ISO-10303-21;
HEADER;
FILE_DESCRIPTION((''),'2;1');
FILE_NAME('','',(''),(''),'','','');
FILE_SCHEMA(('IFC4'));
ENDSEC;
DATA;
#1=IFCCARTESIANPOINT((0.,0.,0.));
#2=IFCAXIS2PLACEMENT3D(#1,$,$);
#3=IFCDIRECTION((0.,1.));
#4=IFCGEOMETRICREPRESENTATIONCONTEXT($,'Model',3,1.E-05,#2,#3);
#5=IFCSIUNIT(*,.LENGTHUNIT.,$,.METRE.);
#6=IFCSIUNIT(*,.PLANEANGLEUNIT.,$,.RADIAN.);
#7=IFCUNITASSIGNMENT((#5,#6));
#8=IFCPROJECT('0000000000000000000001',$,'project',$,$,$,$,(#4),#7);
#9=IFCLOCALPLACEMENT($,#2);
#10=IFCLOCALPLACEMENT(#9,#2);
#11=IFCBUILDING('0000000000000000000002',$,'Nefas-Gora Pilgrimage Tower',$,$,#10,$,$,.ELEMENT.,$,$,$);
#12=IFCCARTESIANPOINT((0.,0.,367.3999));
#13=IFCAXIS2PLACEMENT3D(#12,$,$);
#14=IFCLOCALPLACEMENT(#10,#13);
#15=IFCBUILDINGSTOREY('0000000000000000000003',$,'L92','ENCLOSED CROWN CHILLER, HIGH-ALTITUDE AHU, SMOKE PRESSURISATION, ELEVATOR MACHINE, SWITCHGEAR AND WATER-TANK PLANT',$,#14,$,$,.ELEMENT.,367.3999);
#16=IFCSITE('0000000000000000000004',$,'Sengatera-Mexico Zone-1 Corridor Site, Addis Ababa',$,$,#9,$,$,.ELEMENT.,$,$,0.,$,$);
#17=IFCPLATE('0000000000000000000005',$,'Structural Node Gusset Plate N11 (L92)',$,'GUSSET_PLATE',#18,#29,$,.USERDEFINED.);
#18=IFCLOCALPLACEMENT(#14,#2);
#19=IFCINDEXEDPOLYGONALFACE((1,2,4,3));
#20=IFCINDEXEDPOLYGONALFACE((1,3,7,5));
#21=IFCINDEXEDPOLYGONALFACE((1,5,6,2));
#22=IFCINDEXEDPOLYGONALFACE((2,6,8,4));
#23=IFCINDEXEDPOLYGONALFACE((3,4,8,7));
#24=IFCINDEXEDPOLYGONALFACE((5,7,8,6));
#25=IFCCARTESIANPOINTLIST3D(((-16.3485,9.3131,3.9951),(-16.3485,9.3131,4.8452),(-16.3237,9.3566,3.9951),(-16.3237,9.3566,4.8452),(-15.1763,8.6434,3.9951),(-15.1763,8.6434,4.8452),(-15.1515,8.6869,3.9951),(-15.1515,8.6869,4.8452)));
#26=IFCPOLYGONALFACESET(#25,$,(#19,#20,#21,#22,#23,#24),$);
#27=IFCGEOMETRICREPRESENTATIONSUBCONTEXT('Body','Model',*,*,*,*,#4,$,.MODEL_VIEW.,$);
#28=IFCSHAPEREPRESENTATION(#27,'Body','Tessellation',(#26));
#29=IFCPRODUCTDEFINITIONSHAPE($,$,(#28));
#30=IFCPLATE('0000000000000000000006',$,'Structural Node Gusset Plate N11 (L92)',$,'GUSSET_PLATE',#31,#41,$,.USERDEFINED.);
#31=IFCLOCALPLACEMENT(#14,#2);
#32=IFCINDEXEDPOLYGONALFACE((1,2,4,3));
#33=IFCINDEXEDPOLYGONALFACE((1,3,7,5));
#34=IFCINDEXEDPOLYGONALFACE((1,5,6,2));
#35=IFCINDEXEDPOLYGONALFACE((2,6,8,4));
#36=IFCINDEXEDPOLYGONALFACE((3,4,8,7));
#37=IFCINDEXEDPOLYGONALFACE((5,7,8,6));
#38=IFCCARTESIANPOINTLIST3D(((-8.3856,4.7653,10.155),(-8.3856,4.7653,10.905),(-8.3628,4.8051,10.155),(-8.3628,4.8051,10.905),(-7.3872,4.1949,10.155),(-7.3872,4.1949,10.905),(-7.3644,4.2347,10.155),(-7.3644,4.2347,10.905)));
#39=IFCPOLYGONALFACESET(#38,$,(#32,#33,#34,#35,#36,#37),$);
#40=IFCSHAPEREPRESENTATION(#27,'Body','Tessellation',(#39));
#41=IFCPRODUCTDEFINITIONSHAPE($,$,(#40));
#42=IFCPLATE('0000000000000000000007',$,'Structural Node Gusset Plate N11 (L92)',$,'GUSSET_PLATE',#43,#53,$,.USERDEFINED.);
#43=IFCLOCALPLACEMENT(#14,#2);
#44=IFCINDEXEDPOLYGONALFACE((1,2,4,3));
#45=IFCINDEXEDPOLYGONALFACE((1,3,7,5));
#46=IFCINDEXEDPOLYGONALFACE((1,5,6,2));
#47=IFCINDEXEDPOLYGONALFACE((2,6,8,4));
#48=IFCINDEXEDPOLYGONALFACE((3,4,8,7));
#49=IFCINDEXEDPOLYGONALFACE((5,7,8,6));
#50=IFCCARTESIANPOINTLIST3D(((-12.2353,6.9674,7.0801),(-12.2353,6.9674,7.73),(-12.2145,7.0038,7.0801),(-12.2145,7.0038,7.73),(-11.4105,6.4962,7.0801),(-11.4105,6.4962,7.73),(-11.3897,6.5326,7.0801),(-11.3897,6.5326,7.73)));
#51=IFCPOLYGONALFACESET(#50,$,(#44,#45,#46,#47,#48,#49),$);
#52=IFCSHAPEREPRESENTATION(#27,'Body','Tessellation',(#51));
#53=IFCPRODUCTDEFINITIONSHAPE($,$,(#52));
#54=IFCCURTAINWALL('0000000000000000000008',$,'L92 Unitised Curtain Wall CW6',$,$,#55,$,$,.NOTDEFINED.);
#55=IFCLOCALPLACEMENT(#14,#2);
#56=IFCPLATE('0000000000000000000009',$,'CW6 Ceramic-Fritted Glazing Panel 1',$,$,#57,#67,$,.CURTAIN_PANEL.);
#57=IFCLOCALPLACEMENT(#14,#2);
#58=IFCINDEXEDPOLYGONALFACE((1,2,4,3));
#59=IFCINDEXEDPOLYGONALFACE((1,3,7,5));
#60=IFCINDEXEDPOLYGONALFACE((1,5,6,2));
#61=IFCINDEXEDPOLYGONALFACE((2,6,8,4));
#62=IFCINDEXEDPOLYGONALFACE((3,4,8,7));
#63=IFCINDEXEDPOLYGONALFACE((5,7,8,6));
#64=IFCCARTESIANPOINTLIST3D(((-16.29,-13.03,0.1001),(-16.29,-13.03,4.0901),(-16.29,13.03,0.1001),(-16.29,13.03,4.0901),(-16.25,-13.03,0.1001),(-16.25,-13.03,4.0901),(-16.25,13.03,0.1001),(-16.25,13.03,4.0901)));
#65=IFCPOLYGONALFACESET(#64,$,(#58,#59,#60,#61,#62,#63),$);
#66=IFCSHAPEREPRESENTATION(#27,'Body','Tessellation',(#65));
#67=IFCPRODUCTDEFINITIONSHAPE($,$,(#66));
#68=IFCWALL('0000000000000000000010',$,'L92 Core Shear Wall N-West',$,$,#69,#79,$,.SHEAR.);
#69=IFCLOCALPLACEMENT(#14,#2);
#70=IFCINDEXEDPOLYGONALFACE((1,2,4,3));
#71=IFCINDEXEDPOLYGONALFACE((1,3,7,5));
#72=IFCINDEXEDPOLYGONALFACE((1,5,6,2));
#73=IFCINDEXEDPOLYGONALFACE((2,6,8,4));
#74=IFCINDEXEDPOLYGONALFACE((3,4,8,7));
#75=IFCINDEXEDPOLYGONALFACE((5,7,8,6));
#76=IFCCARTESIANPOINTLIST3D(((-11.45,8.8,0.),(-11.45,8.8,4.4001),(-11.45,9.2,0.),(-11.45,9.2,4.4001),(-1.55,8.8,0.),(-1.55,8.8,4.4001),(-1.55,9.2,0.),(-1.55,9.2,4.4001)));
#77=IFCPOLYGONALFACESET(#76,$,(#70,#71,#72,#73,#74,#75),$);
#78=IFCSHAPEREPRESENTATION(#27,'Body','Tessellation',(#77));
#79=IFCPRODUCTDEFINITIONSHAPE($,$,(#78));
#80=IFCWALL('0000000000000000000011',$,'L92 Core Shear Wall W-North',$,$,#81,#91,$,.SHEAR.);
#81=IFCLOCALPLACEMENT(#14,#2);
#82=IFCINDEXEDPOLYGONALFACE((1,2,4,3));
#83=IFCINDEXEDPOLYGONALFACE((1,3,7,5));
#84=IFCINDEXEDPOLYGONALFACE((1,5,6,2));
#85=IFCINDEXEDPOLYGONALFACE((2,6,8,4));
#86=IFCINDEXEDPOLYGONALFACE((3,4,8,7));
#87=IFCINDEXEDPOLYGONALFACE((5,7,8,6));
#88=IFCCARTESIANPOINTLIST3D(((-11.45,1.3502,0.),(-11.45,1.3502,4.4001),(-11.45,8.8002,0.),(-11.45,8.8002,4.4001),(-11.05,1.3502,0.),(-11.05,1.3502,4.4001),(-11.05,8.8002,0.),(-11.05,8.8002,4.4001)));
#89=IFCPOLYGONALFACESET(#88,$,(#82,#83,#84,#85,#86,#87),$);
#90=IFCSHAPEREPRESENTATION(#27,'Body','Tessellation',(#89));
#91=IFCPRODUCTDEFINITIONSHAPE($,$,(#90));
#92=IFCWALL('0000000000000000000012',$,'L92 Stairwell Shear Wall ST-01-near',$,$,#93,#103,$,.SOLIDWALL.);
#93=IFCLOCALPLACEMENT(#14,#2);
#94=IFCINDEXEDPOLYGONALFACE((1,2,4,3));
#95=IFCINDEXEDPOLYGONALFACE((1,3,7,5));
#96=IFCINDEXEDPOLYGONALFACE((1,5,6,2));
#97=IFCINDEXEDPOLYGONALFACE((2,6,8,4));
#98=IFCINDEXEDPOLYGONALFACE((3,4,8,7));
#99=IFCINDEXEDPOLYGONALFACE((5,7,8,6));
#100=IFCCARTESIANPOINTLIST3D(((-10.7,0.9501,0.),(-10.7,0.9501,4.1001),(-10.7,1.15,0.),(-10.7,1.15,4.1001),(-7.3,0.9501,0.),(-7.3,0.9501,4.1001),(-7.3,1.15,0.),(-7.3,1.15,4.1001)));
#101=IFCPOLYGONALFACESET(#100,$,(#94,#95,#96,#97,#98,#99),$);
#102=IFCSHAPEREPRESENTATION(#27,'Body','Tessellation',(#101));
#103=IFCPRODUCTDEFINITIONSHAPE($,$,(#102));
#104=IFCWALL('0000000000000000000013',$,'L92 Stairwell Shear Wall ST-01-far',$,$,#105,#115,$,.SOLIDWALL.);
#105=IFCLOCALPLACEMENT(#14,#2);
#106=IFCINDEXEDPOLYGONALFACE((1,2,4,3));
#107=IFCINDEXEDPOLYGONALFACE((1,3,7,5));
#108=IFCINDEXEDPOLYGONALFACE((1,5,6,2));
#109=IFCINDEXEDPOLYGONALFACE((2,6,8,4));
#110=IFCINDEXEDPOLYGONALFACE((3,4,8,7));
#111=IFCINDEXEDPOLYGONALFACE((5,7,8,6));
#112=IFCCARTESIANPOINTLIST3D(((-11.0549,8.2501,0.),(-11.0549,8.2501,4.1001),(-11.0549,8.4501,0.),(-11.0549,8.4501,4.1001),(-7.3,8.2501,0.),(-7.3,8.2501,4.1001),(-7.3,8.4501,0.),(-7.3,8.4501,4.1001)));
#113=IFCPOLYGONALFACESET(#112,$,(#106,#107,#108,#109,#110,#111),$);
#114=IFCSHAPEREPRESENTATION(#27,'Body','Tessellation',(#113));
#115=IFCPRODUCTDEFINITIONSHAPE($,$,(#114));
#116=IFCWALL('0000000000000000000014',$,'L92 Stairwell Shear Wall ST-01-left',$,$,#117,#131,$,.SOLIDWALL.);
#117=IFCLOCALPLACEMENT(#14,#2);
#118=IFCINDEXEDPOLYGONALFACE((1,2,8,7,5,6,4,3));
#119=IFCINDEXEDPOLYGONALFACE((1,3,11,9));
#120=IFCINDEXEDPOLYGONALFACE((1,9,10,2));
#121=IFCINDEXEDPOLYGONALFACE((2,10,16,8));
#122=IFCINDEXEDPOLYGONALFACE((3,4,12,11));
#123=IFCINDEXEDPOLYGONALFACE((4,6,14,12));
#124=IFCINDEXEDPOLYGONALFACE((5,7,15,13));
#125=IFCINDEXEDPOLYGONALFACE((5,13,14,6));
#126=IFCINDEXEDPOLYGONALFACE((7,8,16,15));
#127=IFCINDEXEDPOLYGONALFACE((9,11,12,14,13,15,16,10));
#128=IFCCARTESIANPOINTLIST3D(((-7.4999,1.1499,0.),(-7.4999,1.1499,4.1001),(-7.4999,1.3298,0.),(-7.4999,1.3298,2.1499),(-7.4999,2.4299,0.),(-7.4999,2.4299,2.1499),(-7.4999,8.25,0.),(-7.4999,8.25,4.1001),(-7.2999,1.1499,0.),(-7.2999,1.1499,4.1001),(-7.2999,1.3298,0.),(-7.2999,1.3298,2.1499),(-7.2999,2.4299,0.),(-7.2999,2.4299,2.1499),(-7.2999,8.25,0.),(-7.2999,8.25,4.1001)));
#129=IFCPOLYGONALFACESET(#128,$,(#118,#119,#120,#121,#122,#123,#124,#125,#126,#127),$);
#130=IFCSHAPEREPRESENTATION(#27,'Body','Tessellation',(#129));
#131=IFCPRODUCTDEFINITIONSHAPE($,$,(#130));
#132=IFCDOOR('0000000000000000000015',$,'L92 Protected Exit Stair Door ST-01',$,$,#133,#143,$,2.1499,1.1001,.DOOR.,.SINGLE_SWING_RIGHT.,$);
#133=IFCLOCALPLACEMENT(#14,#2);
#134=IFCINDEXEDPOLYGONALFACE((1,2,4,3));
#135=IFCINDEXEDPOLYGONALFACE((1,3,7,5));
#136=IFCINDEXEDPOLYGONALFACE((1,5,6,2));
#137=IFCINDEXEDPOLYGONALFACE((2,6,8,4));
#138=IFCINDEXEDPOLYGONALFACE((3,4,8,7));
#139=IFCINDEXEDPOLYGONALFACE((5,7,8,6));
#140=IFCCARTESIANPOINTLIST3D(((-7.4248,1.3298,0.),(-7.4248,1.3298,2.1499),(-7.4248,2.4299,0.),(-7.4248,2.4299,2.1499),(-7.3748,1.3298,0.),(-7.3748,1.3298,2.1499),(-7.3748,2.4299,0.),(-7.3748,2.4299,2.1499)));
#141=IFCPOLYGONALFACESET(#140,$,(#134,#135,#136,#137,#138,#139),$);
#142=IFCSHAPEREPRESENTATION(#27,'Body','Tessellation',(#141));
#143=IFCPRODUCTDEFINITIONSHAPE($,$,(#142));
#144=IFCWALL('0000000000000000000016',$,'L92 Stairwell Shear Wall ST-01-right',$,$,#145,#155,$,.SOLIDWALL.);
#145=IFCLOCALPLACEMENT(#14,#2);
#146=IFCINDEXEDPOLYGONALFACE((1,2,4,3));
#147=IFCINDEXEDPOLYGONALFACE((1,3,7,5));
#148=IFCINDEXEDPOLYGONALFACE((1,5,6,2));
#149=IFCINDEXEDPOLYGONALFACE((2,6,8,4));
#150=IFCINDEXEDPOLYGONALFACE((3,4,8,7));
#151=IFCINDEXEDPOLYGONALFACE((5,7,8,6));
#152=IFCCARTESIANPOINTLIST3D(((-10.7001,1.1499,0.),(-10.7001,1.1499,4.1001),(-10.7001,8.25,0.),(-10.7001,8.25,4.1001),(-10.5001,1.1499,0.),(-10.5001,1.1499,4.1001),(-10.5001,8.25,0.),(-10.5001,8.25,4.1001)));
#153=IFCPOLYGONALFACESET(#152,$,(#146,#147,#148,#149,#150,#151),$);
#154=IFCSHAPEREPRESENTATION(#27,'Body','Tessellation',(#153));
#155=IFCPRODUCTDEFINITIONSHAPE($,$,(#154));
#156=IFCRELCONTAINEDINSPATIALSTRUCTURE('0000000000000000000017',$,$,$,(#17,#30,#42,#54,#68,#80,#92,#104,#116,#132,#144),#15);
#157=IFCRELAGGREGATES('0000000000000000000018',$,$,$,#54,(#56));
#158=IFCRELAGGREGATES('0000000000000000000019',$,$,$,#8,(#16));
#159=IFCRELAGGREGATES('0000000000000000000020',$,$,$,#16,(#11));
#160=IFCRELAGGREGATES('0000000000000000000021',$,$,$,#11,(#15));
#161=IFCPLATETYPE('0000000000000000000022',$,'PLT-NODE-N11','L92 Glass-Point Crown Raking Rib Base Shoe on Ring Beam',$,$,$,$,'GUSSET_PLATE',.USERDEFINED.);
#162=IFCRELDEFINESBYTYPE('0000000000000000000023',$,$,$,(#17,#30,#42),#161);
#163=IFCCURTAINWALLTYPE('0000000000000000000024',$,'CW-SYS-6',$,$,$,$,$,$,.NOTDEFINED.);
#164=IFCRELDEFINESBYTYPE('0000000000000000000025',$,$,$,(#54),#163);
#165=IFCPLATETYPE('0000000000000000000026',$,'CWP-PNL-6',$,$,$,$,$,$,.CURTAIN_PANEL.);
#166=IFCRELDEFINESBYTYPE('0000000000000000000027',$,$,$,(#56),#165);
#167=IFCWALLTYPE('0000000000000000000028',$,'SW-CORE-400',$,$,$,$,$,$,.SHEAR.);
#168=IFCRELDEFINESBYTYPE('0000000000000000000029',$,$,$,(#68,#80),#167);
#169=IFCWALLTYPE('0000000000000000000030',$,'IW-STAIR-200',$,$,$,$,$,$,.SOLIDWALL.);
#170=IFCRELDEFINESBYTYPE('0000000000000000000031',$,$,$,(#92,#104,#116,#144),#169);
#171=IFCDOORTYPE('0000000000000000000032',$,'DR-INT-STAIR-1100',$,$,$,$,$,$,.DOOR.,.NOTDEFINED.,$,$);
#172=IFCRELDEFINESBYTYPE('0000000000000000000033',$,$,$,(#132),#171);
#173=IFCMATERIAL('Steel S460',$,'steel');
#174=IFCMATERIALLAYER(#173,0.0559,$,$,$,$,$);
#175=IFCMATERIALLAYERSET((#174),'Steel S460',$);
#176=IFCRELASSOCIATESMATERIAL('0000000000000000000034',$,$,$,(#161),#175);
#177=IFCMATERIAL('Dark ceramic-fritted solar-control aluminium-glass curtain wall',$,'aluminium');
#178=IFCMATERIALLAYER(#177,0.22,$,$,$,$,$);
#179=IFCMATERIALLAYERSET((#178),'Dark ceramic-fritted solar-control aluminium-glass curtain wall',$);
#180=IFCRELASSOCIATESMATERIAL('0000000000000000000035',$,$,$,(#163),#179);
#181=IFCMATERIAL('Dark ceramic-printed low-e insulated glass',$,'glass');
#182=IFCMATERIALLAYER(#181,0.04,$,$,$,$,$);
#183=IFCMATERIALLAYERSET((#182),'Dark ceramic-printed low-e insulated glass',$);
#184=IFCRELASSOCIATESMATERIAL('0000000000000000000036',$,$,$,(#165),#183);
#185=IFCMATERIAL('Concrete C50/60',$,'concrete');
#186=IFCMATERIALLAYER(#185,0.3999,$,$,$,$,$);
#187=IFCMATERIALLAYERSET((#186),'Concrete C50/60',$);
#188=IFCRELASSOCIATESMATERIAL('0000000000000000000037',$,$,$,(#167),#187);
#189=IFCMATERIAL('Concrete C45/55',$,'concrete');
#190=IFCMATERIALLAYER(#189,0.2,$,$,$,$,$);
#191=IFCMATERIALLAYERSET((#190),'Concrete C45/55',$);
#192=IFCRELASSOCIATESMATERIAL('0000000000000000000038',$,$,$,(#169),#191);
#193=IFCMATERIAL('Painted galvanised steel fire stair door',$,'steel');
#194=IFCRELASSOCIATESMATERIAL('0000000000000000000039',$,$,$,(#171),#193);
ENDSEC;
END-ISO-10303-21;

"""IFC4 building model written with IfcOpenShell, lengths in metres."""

from ifc_helpers import new_model, si_unit, direction, frame, frame_2d, origin, origin_2d, place, context, subcontext, project, spatial, rectangle, extrude, source, transform, mapped, material, layer, layer_set, type_object, element, fill, aggregate, save


model = new_model("IFC4")

# Units and contexts
model_context = context("Model", 3, precision=1e-05, world=origin(), true_north=direction((0.0, 1.0)))
body_context = subcontext(model_context, "Body", "Model", "MODEL_VIEW")
ifc_project = project(units=[si_unit("LENGTHUNIT", "METRE"), si_unit("PLANEANGLEUNIT", "RADIAN")], contexts=[model_context])

# Site, building, storey
site_placement = place(None, origin())
site = spatial("IfcSite", under=ifc_project, at=site_placement, Name="Sengatera-Mexico Zone-1 Corridor Site, Addis Ababa", CompositionType="ELEMENT", RefElevation=0.0)
building_placement = place(site_placement, origin())
building = spatial("IfcBuilding", under=site, at=building_placement, Name="Nefas-Gora Pilgrimage Tower", CompositionType="ELEMENT")
storey_placement = place(building_placement, frame((0.0, 0.0, 367.3999)))
storey = spatial("IfcBuildingStorey", under=building, at=storey_placement, Name="L92", Description="ENCLOSED CROWN CHILLER, HIGH-ALTITUDE AHU, SMOKE PRESSURISATION, ELEVATOR MACHINE, SWITCHGEAR AND WATER-TANK PLANT", CompositionType="ELEMENT", Elevation=367.3999)

# Shared definitions
ifc_material_1 = material(Name="Concrete C50/60", Category="concrete")

# Shared definitions
ifc_material_2 = material(Name="Steel S460", Category="steel")

# Plates
ifc_layer_1 = layer(ifc_material_2, 0.0559)
ifc_layer_set_1 = layer_set([ifc_layer_1], Name="Steel S460")
plate_type_1 = type_object("IfcPlateType", Name="PLT-NODE-N11", Description="L92 Glass-Point Crown Raking Rib Base Shoe on Ring Beam", ElementType="GUSSET_PLATE", PredefinedType="USERDEFINED", material=ifc_layer_set_1)
shared_shape_1 = source(origin(), body_context, "Body", "SweptSolid", [
    extrude(rectangle(XDim=1.3501, YDim=0.05, at=origin_2d()), origin(), (0.0, 0.0, 1.0), 0.8501),
])
plate_1_placement = place(storey_placement, frame((-15.75, 9.0, 3.9951), z_axis=(0.0, 0.0, 1.0), x_axis=(-0.868285, 0.496065, 0.0)))
element("IfcPlate", 1, at=plate_1_placement, inside=storey, type_object=plate_type_1, Name="Structural Node Gusset Plate N11 (L92)", ObjectType="GUSSET_PLATE", PredefinedType="USERDEFINED", context=body_context, shape_type="MappedRepresentation", body=[
    mapped(shared_shape_1, transform((0.0, 0.0, 0.0), x_axis=(1.0, 0.0, 0.0), y_axis=(0.0, 1.0, 0.0), z_axis=(0.0, 0.0, 1.0), scale=1.0)),
])
shared_shape_2 = source(origin(), body_context, "Body", "SweptSolid", [
    extrude(rectangle(XDim=1.1499, YDim=0.0459, at=origin_2d()), origin(), (0.0, 0.0, 1.0), 0.75),
])
plate_2_placement = place(storey_placement, frame((-7.875, 4.5, 10.155), z_axis=(0.0, 0.0, 1.0), x_axis=(-0.868285, 0.496065, 0.0)))
element("IfcPlate", 2, at=plate_2_placement, inside=storey, type_object=plate_type_1, Name="Structural Node Gusset Plate N11 (L92)", ObjectType="GUSSET_PLATE", PredefinedType="USERDEFINED", context=body_context, shape_type="MappedRepresentation", body=[
    mapped(shared_shape_2, transform((0.0, 0.0, 0.0), x_axis=(1.0, 0.0, 0.0), y_axis=(0.0, 1.0, 0.0), z_axis=(0.0, 0.0, 1.0), scale=1.0)),
])
shared_shape_3 = source(origin(), body_context, "Body", "SweptSolid", [
    extrude(rectangle(XDim=0.95, YDim=0.042, at=origin_2d()), origin(), (0.0, 0.0, 1.0), 0.6499),
])
plate_3_placement = place(storey_placement, frame((-11.8125, 6.75, 7.0801), z_axis=(0.0, 0.0, 1.0), x_axis=(-0.868285, 0.496065, 0.0)))
element("IfcPlate", 3, at=plate_3_placement, inside=storey, type_object=plate_type_1, Name="Structural Node Gusset Plate N11 (L92)", ObjectType="GUSSET_PLATE", PredefinedType="USERDEFINED", context=body_context, shape_type="MappedRepresentation", body=[
    mapped(shared_shape_3, transform((0.0, 0.0, 0.0), x_axis=(1.0, 0.0, 0.0), y_axis=(0.0, 1.0, 0.0), z_axis=(0.0, 0.0, 1.0), scale=1.0)),
])

# Curtain wall, plate
ifc_material_3 = material(Name="Dark ceramic-fritted solar-control aluminium-glass curtain wall", Category="aluminium")
ifc_layer_2 = layer(ifc_material_3, 0.22)
ifc_layer_set_2 = layer_set([ifc_layer_2], Name="Dark ceramic-fritted solar-control aluminium-glass curtain wall")
curtain_wall_type = type_object("IfcCurtainWallType", Name="CW-SYS-6", PredefinedType="NOTDEFINED", material=ifc_layer_set_2)
curtain_wall_placement = place(storey_placement, origin())
curtain_wall = element("IfcCurtainWall", 4, at=curtain_wall_placement, inside=storey, type_object=curtain_wall_type, Name="L92 Unitised Curtain Wall CW6", PredefinedType="NOTDEFINED")
ifc_material_4 = material(Name="Dark ceramic-printed low-e insulated glass", Category="glass")
ifc_layer_3 = layer(ifc_material_4, 0.04)
ifc_layer_set_3 = layer_set([ifc_layer_3], Name="Dark ceramic-printed low-e insulated glass")
plate_type_2 = type_object("IfcPlateType", Name="CWP-PNL-6", PredefinedType="CURTAIN_PANEL", material=ifc_layer_set_3)
shared_shape_4 = source(origin(), body_context, "Body", "SweptSolid", [
    extrude(rectangle(XDim=26.0601, YDim=0.04, at=origin_2d()), origin(), (0.0, 0.0, 1.0), 3.99),
])
plate_4_placement = place(storey_placement, frame((-16.27, 0.0, 0.1001), z_axis=(0.0, 0.0, 1.0), x_axis=(0.0, -1.0, 0.0)))
plate_4 = element("IfcPlate", 5, at=plate_4_placement, type_object=plate_type_2, Name="CW6 Ceramic-Fritted Glazing Panel 1", PredefinedType="CURTAIN_PANEL", context=body_context, shape_type="MappedRepresentation", body=[
    mapped(shared_shape_4, transform((0.0, 0.0, 0.0), x_axis=(1.0, 0.0, 0.0), y_axis=(0.0, 1.0, 0.0), z_axis=(0.0, 0.0, 1.0), scale=1.0)),
])
aggregate(curtain_wall, [plate_4])

# Walls
ifc_layer_4 = layer(ifc_material_1, 0.3999)
ifc_layer_set_4 = layer_set([ifc_layer_4], Name="Concrete C50/60")
wall_type_1 = type_object("IfcWallType", Name="SW-CORE-400", PredefinedType="SHEAR", material=ifc_layer_set_4)
shared_shape_5 = source(origin(), body_context, "Body", "SweptSolid", [
    extrude(rectangle(XDim=9.8999, YDim=0.3999, at=frame_2d((4.95, 0.0))), origin(), (0.0, 0.0, 1.0), 4.4001),
])
wall_1_placement = place(storey_placement, frame((-11.45, 9.0, 0.0), z_axis=(0.0, 0.0, 1.0), x_axis=(1.0, 0.0, 0.0)))
element("IfcWall", 6, at=wall_1_placement, inside=storey, type_object=wall_type_1, Name="L92 Core Shear Wall N-West", PredefinedType="SHEAR", context=body_context, shape_type="MappedRepresentation", body=[
    mapped(shared_shape_5, transform((0.0, 0.0, 0.0), x_axis=(1.0, 0.0, 0.0), y_axis=(0.0, 1.0, 0.0), z_axis=(0.0, 0.0, 1.0), scale=1.0)),
])
shared_shape_6 = source(origin(), body_context, "Body", "SweptSolid", [
    extrude(rectangle(XDim=7.45, YDim=0.3999, at=frame_2d((3.7251, 0.0))), origin(), (0.0, 0.0, 1.0), 4.4001),
])
wall_2_placement = place(storey_placement, frame((-11.25, 1.3501, 0.0), z_axis=(0.0, 0.0, 1.0), x_axis=(0.0, 1.0, 0.0)))
element("IfcWall", 7, at=wall_2_placement, inside=storey, type_object=wall_type_1, Name="L92 Core Shear Wall W-North", PredefinedType="SHEAR", context=body_context, shape_type="MappedRepresentation", body=[
    mapped(shared_shape_6, transform((0.0, 0.0, 0.0), x_axis=(1.0, 0.0, 0.0), y_axis=(0.0, 1.0, 0.0), z_axis=(0.0, 0.0, 1.0), scale=1.0)),
])
ifc_material_5 = material(Name="Concrete C45/55", Category="concrete")
ifc_layer_5 = layer(ifc_material_5, 0.2)
ifc_layer_set_5 = layer_set([ifc_layer_5], Name="Concrete C45/55")
wall_type_2 = type_object("IfcWallType", Name="IW-STAIR-200", PredefinedType="SOLIDWALL", material=ifc_layer_set_5)
shared_shape_7 = source(origin(), body_context, "Body", "SweptSolid", [
    extrude(rectangle(XDim=3.3999, YDim=0.2, at=frame_2d((1.7, 0.0))), origin(), (0.0, 0.0, 1.0), 4.1001),
])
wall_3_placement = place(storey_placement, frame((-7.3, 1.05, 0.0), z_axis=(0.0, 0.0, 1.0), x_axis=(-1.0, 0.0, 0.0)))
element("IfcWall", 8, at=wall_3_placement, inside=storey, type_object=wall_type_2, Name="L92 Stairwell Shear Wall ST-01-near", PredefinedType="SOLIDWALL", context=body_context, shape_type="MappedRepresentation", body=[
    mapped(shared_shape_7, transform((0.0, 0.0, 0.0), x_axis=(1.0, 0.0, 0.0), y_axis=(0.0, 1.0, 0.0), z_axis=(0.0, 0.0, 1.0), scale=1.0)),
])
shared_shape_8 = source(origin(), body_context, "Body", "SweptSolid", [
    extrude(rectangle(XDim=3.7549, YDim=0.2, at=frame_2d((1.8774, 0.0))), origin(), (0.0, 0.0, 1.0), 4.1001),
])
wall_4_placement = place(storey_placement, frame((-7.3, 8.3501, 0.0), z_axis=(0.0, 0.0, 1.0), x_axis=(-1.0, 0.0, 0.0)))
element("IfcWall", 9, at=wall_4_placement, inside=storey, type_object=wall_type_2, Name="L92 Stairwell Shear Wall ST-01-far", PredefinedType="SOLIDWALL", context=body_context, shape_type="MappedRepresentation", body=[
    mapped(shared_shape_8, transform((0.0, 0.0, 0.0), x_axis=(1.0, 0.0, 0.0), y_axis=(0.0, 1.0, 0.0), z_axis=(0.0, 0.0, 1.0), scale=1.0)),
])

# Wall, opening, door
shared_shape_9 = source(origin(), body_context, "Body", "SweptSolid", [
    extrude(rectangle(XDim=7.1001, YDim=0.2, at=frame_2d((3.55, 0.0))), origin(), (0.0, 0.0, 1.0), 4.1001),
])
wall_5_placement = place(storey_placement, frame((-7.3999, 1.1499, 0.0), z_axis=(0.0, 0.0, 1.0), x_axis=(0.0, 1.0, 0.0)))
wall_5 = element("IfcWall", 10, at=wall_5_placement, inside=storey, type_object=wall_type_2, Name="L92 Stairwell Shear Wall ST-01-left", PredefinedType="SOLIDWALL", context=body_context, shape_type="MappedRepresentation", body=[
    mapped(shared_shape_9, transform((0.0, 0.0, 0.0), x_axis=(1.0, 0.0, 0.0), y_axis=(0.0, 1.0, 0.0), z_axis=(0.0, 0.0, 1.0), scale=1.0)),
])
opening_1_placement = place(wall_5_placement, frame((0.1799, 0.0, 0.0)))
opening_1 = element("IfcOpeningElement", 11, at=opening_1_placement, cuts=wall_5, PredefinedType="OPENING", context=body_context, shape_type="SweptSolid", body=[
    extrude(rectangle(XDim=1.1001, YDim=2.1499, at=frame_2d((0.55, 1.075))), frame((0.0, 0.1099, 0.0), z_axis=(0.0, -1.0, 0.0), x_axis=(1.0, 0.0, 0.0)), (0.0, 0.0, 1.0), 0.22),
])
ifc_material_6 = material(Name="Painted galvanised steel fire stair door", Category="steel")
door_type_1 = type_object("IfcDoorType", Name="DR-INT-STAIR-1100", OperationType="NOTDEFINED", PredefinedType="DOOR", material=ifc_material_6)
shared_shape_10 = source(origin(), body_context, "Body", "SweptSolid", [
    extrude(rectangle(XDim=1.1001, YDim=2.1499, at=frame_2d((0.55, 1.075))), frame((0.0, 0.0249, 0.0), z_axis=(0.0, -1.0, 0.0), x_axis=(1.0, 0.0, 0.0)), (0.0, 0.0, 1.0), 0.05),
])
door_1_placement = place(opening_1_placement, origin())
door_1 = element("IfcDoor", 12, at=door_1_placement, inside=storey, type_object=door_type_1, Name="L92 Protected Exit Stair Door ST-01", OperationType="SINGLE_SWING_RIGHT", OverallHeight=2.1499, OverallWidth=1.1001, PredefinedType="DOOR", context=body_context, shape_type="MappedRepresentation", body=[
    mapped(shared_shape_10, transform((0.0, 0.0, 0.0), x_axis=(1.0, 0.0, 0.0), y_axis=(0.0, 1.0, 0.0), z_axis=(0.0, 0.0, 1.0), scale=1.0)),
])
fill(opening_1, door_1)

# Wall
wall_6_placement = place(storey_placement, frame((-10.6001, 1.1499, 0.0), z_axis=(0.0, 0.0, 1.0), x_axis=(0.0, 1.0, 0.0)))
element("IfcWall", 13, at=wall_6_placement, inside=storey, type_object=wall_type_2, Name="L92 Stairwell Shear Wall ST-01-right", PredefinedType="SOLIDWALL", context=body_context, shape_type="MappedRepresentation", body=[
    mapped(shared_shape_9, transform((0.0, 0.0, 0.0), x_axis=(1.0, 0.0, 0.0), y_axis=(0.0, 1.0, 0.0), z_axis=(0.0, 0.0, 1.0), scale=1.0)),
])

save(model, "model.ifc")
